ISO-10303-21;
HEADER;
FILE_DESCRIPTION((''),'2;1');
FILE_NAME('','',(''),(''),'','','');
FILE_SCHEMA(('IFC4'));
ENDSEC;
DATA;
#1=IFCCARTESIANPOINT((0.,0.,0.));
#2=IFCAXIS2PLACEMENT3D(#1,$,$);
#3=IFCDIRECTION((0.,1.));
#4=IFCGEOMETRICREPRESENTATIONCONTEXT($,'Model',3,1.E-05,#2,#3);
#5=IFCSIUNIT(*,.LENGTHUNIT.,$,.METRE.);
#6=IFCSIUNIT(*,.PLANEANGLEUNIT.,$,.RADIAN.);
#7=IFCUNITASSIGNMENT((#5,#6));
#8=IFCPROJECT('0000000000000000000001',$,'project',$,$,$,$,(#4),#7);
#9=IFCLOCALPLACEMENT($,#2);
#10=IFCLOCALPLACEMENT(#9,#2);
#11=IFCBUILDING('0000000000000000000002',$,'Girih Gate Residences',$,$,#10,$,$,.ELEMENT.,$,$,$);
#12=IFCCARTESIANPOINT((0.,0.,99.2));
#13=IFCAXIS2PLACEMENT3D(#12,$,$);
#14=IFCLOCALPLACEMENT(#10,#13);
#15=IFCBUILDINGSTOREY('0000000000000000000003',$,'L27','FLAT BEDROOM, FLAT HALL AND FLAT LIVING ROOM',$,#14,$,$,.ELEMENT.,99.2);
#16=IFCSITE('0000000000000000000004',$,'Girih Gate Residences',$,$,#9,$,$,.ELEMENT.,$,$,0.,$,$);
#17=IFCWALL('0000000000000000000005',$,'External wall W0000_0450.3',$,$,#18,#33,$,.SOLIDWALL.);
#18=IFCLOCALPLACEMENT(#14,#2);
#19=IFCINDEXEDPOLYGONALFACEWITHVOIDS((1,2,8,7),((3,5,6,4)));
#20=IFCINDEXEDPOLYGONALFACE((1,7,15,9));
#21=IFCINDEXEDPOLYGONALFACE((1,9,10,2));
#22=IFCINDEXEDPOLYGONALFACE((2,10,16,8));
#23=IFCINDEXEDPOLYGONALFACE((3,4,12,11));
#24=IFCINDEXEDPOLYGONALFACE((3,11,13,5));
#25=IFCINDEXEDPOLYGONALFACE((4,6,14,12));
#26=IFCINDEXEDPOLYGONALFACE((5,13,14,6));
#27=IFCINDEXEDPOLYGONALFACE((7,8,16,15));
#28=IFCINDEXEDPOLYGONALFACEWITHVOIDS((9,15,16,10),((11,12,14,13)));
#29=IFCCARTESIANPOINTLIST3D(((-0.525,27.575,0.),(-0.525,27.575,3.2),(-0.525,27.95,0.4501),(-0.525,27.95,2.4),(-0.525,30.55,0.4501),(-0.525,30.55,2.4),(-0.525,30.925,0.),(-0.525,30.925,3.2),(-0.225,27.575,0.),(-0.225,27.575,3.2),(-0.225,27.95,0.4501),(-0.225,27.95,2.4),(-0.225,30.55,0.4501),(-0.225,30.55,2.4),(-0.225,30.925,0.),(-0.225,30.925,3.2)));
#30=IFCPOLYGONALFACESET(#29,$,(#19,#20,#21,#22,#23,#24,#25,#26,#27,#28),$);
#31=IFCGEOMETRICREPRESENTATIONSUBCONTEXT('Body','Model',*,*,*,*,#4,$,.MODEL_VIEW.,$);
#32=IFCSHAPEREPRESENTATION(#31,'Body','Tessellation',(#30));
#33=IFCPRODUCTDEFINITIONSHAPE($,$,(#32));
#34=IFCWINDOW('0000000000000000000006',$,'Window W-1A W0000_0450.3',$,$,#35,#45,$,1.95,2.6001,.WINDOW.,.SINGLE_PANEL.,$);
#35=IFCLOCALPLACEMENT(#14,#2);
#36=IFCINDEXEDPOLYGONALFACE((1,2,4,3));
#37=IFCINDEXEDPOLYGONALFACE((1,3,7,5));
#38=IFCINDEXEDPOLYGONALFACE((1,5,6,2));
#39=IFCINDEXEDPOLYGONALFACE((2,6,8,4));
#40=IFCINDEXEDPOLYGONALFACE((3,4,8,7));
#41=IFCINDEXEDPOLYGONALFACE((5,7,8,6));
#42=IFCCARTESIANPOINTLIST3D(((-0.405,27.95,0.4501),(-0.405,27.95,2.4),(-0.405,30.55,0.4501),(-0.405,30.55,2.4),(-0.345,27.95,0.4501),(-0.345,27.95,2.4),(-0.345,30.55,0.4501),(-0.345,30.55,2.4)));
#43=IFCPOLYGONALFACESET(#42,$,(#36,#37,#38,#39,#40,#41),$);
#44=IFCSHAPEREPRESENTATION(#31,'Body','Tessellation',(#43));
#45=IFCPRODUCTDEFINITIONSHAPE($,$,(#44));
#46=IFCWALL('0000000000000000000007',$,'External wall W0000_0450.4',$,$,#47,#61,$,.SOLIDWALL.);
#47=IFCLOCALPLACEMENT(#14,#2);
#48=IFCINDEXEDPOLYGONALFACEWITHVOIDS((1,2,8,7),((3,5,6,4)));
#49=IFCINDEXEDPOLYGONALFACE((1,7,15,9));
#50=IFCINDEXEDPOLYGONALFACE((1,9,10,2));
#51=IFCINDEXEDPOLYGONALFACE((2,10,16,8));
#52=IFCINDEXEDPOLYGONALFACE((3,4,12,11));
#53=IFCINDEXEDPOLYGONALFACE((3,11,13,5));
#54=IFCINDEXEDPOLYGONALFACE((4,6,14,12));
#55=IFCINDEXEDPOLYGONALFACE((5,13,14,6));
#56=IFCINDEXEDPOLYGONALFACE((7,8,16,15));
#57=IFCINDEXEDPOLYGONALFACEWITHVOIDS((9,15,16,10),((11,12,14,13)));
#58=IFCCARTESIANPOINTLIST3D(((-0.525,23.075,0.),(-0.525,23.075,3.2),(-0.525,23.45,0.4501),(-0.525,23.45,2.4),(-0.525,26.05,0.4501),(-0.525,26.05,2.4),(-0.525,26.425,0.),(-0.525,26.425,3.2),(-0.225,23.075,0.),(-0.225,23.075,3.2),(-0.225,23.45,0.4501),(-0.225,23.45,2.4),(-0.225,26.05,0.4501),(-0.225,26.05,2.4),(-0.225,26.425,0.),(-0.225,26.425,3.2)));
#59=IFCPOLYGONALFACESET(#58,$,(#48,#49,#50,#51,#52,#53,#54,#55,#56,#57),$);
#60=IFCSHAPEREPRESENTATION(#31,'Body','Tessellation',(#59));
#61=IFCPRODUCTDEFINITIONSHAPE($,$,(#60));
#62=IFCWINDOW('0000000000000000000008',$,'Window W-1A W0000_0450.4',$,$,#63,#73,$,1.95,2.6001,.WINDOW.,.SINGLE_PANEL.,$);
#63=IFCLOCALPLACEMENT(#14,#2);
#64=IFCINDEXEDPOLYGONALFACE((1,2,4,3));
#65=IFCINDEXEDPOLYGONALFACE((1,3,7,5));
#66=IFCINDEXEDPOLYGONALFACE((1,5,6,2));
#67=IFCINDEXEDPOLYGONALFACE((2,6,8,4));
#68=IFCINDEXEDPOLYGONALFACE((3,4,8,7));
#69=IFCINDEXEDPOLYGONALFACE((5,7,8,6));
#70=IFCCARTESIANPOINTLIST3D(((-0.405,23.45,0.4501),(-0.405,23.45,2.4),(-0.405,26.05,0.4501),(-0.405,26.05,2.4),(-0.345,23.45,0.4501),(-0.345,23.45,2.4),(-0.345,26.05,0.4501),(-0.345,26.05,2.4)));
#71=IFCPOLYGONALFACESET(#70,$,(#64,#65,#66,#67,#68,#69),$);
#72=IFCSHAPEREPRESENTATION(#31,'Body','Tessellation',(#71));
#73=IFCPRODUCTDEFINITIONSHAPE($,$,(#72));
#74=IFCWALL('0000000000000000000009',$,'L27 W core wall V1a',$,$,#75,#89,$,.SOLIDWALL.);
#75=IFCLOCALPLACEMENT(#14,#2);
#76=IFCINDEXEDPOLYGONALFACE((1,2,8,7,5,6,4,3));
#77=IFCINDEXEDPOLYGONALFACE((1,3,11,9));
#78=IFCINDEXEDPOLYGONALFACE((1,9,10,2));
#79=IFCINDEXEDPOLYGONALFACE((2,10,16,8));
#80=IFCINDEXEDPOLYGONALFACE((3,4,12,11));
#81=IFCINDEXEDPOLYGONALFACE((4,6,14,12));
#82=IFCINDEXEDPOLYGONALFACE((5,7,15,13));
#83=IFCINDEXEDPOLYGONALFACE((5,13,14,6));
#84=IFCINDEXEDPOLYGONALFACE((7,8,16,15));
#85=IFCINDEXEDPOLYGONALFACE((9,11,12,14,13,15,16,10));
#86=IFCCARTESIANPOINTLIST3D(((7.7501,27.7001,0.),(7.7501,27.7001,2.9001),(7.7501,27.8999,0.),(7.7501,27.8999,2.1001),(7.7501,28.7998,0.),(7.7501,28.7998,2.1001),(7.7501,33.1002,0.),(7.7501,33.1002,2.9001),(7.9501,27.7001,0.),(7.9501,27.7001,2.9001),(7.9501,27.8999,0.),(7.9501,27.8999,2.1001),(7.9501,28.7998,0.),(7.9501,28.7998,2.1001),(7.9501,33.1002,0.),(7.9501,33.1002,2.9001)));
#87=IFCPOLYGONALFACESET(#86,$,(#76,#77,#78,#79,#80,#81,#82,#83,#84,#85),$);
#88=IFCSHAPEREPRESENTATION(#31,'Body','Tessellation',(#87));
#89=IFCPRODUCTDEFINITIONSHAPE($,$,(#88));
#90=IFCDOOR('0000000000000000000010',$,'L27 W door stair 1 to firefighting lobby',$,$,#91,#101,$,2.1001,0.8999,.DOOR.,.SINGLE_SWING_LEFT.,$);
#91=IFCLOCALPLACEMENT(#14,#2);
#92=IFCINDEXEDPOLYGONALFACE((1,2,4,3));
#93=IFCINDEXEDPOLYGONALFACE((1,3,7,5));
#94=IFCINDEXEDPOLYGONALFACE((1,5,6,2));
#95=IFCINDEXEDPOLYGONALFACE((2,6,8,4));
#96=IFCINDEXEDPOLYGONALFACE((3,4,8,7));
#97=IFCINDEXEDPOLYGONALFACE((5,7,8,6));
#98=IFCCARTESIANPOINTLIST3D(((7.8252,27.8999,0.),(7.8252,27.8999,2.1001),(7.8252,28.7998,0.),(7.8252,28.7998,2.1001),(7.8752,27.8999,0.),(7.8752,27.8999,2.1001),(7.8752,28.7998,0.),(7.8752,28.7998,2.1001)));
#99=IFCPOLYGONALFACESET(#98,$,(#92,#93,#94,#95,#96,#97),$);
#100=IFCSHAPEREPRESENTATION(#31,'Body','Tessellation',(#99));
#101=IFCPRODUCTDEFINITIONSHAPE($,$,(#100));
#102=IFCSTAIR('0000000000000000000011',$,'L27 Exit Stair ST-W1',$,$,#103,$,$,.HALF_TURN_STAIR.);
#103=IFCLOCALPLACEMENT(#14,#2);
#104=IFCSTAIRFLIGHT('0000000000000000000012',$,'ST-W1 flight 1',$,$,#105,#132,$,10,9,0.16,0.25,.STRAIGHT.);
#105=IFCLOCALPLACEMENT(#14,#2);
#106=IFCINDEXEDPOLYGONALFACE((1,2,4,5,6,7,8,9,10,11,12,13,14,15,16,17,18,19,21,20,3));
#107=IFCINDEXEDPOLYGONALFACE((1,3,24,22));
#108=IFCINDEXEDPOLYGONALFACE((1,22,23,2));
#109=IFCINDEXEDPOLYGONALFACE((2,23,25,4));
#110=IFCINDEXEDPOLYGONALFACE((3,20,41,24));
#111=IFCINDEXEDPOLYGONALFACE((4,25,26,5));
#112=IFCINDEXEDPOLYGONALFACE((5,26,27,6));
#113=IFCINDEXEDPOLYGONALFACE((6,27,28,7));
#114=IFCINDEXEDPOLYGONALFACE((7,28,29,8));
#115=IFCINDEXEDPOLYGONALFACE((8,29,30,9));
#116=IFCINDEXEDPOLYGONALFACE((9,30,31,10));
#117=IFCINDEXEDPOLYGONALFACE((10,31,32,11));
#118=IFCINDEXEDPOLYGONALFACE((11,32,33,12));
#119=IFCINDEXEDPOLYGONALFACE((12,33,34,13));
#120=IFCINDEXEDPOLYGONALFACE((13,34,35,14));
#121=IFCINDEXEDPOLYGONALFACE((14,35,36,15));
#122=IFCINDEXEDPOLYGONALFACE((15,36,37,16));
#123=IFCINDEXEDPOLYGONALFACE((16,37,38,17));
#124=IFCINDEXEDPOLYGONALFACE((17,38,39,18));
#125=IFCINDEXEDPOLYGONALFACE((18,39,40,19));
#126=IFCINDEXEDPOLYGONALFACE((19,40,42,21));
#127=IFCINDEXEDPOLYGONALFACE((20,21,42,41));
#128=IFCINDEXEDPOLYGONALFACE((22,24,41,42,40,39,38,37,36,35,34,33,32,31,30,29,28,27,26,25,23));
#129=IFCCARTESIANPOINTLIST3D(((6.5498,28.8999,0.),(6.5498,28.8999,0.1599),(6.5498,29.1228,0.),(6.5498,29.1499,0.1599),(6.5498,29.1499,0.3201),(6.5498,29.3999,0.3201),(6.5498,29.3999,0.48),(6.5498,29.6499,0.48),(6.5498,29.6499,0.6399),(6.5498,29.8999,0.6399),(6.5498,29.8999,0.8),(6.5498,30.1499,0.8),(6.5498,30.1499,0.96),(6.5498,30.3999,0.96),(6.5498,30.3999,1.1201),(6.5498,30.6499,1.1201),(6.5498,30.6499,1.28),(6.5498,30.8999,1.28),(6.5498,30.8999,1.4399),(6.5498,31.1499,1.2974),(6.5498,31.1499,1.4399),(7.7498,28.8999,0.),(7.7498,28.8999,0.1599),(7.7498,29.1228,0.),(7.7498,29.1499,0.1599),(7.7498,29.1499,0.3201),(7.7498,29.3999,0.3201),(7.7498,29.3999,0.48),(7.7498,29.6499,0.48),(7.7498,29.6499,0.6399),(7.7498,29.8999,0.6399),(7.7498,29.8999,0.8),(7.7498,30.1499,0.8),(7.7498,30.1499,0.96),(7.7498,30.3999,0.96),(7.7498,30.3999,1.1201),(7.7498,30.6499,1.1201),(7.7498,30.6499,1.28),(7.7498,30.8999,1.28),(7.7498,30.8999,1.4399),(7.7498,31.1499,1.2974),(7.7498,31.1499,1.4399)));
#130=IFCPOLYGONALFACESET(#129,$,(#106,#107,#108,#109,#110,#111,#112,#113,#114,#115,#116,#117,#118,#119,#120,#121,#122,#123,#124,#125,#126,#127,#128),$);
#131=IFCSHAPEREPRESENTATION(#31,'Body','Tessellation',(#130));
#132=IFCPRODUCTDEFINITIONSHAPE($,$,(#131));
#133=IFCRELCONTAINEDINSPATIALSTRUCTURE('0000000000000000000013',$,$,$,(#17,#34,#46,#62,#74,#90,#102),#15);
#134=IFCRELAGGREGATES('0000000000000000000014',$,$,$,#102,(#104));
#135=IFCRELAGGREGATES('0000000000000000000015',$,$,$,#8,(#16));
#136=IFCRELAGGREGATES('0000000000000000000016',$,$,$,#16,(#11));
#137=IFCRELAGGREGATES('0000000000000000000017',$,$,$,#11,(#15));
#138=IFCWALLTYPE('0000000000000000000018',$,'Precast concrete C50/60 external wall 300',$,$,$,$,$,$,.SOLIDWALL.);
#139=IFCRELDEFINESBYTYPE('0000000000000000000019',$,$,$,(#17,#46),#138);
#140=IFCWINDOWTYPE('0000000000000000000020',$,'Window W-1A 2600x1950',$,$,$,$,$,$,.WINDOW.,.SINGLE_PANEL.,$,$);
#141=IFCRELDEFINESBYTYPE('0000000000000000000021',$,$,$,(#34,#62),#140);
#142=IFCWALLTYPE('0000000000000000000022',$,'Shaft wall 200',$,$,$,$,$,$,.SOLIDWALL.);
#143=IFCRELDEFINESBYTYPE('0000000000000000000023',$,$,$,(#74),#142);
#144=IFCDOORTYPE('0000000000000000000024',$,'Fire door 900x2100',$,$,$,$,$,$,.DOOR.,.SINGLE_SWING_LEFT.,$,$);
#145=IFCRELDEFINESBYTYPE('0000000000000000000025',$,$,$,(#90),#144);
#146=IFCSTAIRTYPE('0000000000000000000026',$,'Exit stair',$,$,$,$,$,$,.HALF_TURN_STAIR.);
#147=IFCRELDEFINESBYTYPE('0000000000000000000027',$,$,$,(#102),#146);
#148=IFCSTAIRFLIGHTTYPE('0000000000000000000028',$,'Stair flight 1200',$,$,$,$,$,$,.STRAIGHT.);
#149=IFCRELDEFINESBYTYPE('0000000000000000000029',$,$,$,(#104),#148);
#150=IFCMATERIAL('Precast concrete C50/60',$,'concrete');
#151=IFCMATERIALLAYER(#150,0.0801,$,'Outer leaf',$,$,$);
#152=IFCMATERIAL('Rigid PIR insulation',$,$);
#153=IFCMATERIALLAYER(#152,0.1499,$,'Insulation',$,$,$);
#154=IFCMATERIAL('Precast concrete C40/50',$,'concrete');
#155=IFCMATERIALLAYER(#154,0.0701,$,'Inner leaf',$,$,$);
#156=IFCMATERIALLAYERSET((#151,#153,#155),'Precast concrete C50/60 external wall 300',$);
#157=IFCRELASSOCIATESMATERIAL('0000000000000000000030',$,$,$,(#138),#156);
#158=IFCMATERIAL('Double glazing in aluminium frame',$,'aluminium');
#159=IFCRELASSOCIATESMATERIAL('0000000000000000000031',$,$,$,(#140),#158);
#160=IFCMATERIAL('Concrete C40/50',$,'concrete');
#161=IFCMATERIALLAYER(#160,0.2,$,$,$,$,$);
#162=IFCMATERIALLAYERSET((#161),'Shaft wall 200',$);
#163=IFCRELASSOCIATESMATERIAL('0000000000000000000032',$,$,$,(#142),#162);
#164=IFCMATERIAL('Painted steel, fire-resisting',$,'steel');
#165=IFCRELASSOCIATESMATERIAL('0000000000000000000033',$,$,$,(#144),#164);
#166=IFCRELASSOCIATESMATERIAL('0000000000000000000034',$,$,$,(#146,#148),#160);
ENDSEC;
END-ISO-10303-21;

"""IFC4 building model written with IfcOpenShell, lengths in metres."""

from ifc_helpers import new_model, si_unit, direction, frame, frame_2d, origin, place, context, subcontext, project, spatial, polyline, rectangle, outline, extrude, material, layer, layer_set, type_object, element, fill, aggregate, save


model = new_model("IFC4")

# Units and contexts
model_context = context("Model", 3, precision=1e-05, world=origin(), true_north=direction((0.0, 1.0)))
body_context = subcontext(model_context, "Body", "Model", "MODEL_VIEW")
ifc_project = project(units=[si_unit("LENGTHUNIT", "METRE"), si_unit("PLANEANGLEUNIT", "RADIAN")], contexts=[model_context])

# Site, building, storey
site_placement = place(None, origin())
site = spatial("IfcSite", under=ifc_project, at=site_placement, Name="Girih Gate Residences", CompositionType="ELEMENT", RefElevation=0.0)
building_placement = place(site_placement, origin())
building = spatial("IfcBuilding", under=site, at=building_placement, Name="Girih Gate Residences", CompositionType="ELEMENT")
storey_placement = place(building_placement, frame((0.0, 0.0, 99.2)))
storey = spatial("IfcBuildingStorey", under=building, at=storey_placement, Name="L27", Description="FLAT BEDROOM, FLAT HALL AND FLAT LIVING ROOM", CompositionType="ELEMENT", Elevation=99.2)

# Shared definitions
ifc_material_1 = material(Name="Painted steel, fire-resisting", Category="steel")

# Walls, openings, windows
ifc_material_2 = material(Name="Precast concrete C50/60", Category="concrete")
ifc_layer_1 = layer(ifc_material_2, 0.0801, Name="Outer leaf")
ifc_material_3 = material(Name="Rigid PIR insulation")
ifc_layer_2 = layer(ifc_material_3, 0.1499, Name="Insulation")
ifc_material_4 = material(Name="Precast concrete C40/50", Category="concrete")
ifc_layer_3 = layer(ifc_material_4, 0.0701, Name="Inner leaf")
ifc_layer_set_1 = layer_set([ifc_layer_1, ifc_layer_2, ifc_layer_3], Name="Precast concrete C50/60 external wall 300")
wall_type_1 = type_object("IfcWallType", Name="Precast concrete C50/60 external wall 300", PredefinedType="SOLIDWALL", material=ifc_layer_set_1)
wall_1_placement = place(storey_placement, frame((-0.375, 27.575, 0.0), z_axis=(0.0, 0.0, 1.0), x_axis=(0.0, 1.0, 0.0)))
wall_1 = element("IfcWall", 1, at=wall_1_placement, inside=storey, type_object=wall_type_1, Name="External wall W0000_0450.3", PredefinedType="SOLIDWALL", context=body_context, shape_type="SweptSolid", body=[
    extrude(rectangle(XDim=3.3501, YDim=0.3, at=frame_2d((1.675, 0.0))), origin(), (0.0, 0.0, 1.0), 3.2),
])
opening_1_placement = place(wall_1_placement, frame((0.375, 0.0, 0.45)))
opening_1 = element("IfcOpeningElement", 2, at=opening_1_placement, cuts=wall_1, PredefinedType="OPENING", context=body_context, shape_type="SweptSolid", body=[
    extrude(rectangle(XDim=2.6001, YDim=1.95, at=frame_2d((1.3, 0.9751))), frame((0.0, 0.1599, 0.0), z_axis=(0.0, -1.0, 0.0), x_axis=(1.0, 0.0, 0.0)), (0.0, 0.0, 1.0), 0.3201),
])
ifc_material_5 = material(Name="Double glazing in aluminium frame", Category="aluminium")
window_type = type_object("IfcWindowType", Name="Window W-1A 2600x1950", PartitioningType="SINGLE_PANEL", PredefinedType="WINDOW", material=ifc_material_5)
window_1_placement = place(opening_1_placement, origin())
window_1 = element("IfcWindow", 3, at=window_1_placement, inside=storey, type_object=window_type, Name="Window W-1A W0000_0450.3", OverallHeight=1.95, OverallWidth=2.6001, PartitioningType="SINGLE_PANEL", PredefinedType="WINDOW", context=body_context, shape_type="SweptSolid", body=[
    extrude(rectangle(XDim=2.6001, YDim=1.95, at=frame_2d((1.3, 0.9751))), frame((0.0, 0.03, 0.0), z_axis=(0.0, -1.0, 0.0), x_axis=(1.0, 0.0, 0.0)), (0.0, 0.0, 1.0), 0.0601),
])
fill(opening_1, window_1)
wall_2_placement = place(storey_placement, frame((-0.375, 23.075, 0.0), z_axis=(0.0, 0.0, 1.0), x_axis=(0.0, 1.0, 0.0)))
wall_2 = element("IfcWall", 4, at=wall_2_placement, inside=storey, type_object=wall_type_1, Name="External wall W0000_0450.4", PredefinedType="SOLIDWALL", context=body_context, shape_type="SweptSolid", body=[
    extrude(rectangle(XDim=3.3501, YDim=0.3, at=frame_2d((1.675, 0.0))), origin(), (0.0, 0.0, 1.0), 3.2),
])
opening_2_placement = place(wall_2_placement, frame((0.375, 0.0, 0.45)))
opening_2 = element("IfcOpeningElement", 5, at=opening_2_placement, cuts=wall_2, PredefinedType="OPENING", context=body_context, shape_type="SweptSolid", body=[
    extrude(rectangle(XDim=2.6001, YDim=1.95, at=frame_2d((1.3, 0.9751))), frame((0.0, 0.1599, 0.0), z_axis=(0.0, -1.0, 0.0), x_axis=(1.0, 0.0, 0.0)), (0.0, 0.0, 1.0), 0.3201),
])
window_2_placement = place(opening_2_placement, origin())
window_2 = element("IfcWindow", 6, at=window_2_placement, inside=storey, type_object=window_type, Name="Window W-1A W0000_0450.4", OverallHeight=1.95, OverallWidth=2.6001, PartitioningType="SINGLE_PANEL", PredefinedType="WINDOW", context=body_context, shape_type="SweptSolid", body=[
    extrude(rectangle(XDim=2.6001, YDim=1.95, at=frame_2d((1.3, 0.9751))), frame((0.0, 0.03, 0.0), z_axis=(0.0, -1.0, 0.0), x_axis=(1.0, 0.0, 0.0)), (0.0, 0.0, 1.0), 0.0601),
])
fill(opening_2, window_2)

# Wall, opening, door
ifc_material_6 = material(Name="Concrete C40/50", Category="concrete")
ifc_layer_4 = layer(ifc_material_6, 0.2)
ifc_layer_set_2 = layer_set([ifc_layer_4], Name="Shaft wall 200")
wall_type_2 = type_object("IfcWallType", Name="Shaft wall 200", PredefinedType="SOLIDWALL", material=ifc_layer_set_2)
wall_3_placement = place(storey_placement, frame((7.8501, 27.7, 0.0), z_axis=(0.0, 0.0, 1.0), x_axis=(0.0, 1.0, 0.0)))
wall_3 = element("IfcWall", 7, at=wall_3_placement, inside=storey, type_object=wall_type_2, Name="L27 W core wall V1a", PredefinedType="SOLIDWALL", context=body_context, shape_type="SweptSolid", body=[
    extrude(rectangle(XDim=5.4001, YDim=0.2, at=frame_2d((2.7002, 0.0))), origin(), (0.0, 0.0, 1.0), 2.9001),
])
opening_3_placement = place(wall_3_placement, frame((0.2, 0.0, 0.0)))
opening_3 = element("IfcOpeningElement", 8, at=opening_3_placement, cuts=wall_3, PredefinedType="OPENING", context=body_context, shape_type="SweptSolid", body=[
    extrude(rectangle(XDim=0.8999, YDim=2.1001, at=frame_2d((0.45, 1.05))), frame((0.0, 0.1099, 0.0), z_axis=(0.0, -1.0, 0.0), x_axis=(1.0, 0.0, 0.0)), (0.0, 0.0, 1.0), 0.22),
])
door_type_1 = type_object("IfcDoorType", Name="Fire door 900x2100", OperationType="SINGLE_SWING_LEFT", PredefinedType="DOOR", material=ifc_material_1)
door_1_placement = place(opening_3_placement, origin())
door_1 = element("IfcDoor", 9, at=door_1_placement, inside=storey, type_object=door_type_1, Name="L27 W door stair 1 to firefighting lobby", OperationType="SINGLE_SWING_LEFT", OverallHeight=2.1001, OverallWidth=0.8999, PredefinedType="DOOR", context=body_context, shape_type="SweptSolid", body=[
    extrude(rectangle(XDim=0.8999, YDim=2.1001, at=frame_2d((0.45, 1.05))), frame((0.0, 0.0249, 0.0), z_axis=(0.0, -1.0, 0.0), x_axis=(1.0, 0.0, 0.0)), (0.0, 0.0, 1.0), 0.05),
])
fill(opening_3, door_1)

# Stair, stair flight
stair_type = type_object("IfcStairType", Name="Exit stair", PredefinedType="HALF_TURN_STAIR", material=ifc_material_6)
stair_placement = place(storey_placement, origin())
stair = element("IfcStair", 10, at=stair_placement, inside=storey, type_object=stair_type, Name="L27 Exit Stair ST-W1", PredefinedType="HALF_TURN_STAIR")
stair_flight_type = type_object("IfcStairFlightType", Name="Stair flight 1200", PredefinedType="STRAIGHT", material=ifc_material_6)
stair_flight_placement = place(storey_placement, frame((7.1499, 28.8999, 0.0), z_axis=(0.0, 0.0, 1.0), x_axis=(0.0, 1.0, 0.0)))
stair_flight = element("IfcStairFlight", 11, at=stair_flight_placement, type_object=stair_flight_type, Name="ST-W1 flight 1", NumberOfRisers=10, NumberOfTreads=9, PredefinedType="STRAIGHT", RiserHeight=0.16, TreadLength=0.25, context=body_context, shape_type="SweptSolid", body=[
    extrude(outline(polyline([(0.0, 0.0), (0.0, 0.1599), (0.25, 0.1599), (0.25, 0.3201), (0.5, 0.3201), (0.5, 0.48), (0.75, 0.48), (0.75, 0.6399), (1.0, 0.6399), (1.0, 0.8), (1.25, 0.8), (1.25, 0.96), (1.5, 0.96), (1.5, 1.1201), (1.75, 1.1201), (1.75, 1.28), (2.0, 1.28), (2.0, 1.4399), (2.25, 1.4399), (2.25, 1.6001), (2.25, 1.2974), (0.2229, 0.0), (0.0, 0.0)])), frame((0.0, 0.6001, 0.0), z_axis=(0.0, -1.0, 0.0), x_axis=(1.0, 0.0, 0.0)), (0.0, 0.0, 1.0), 1.2),
])
aggregate(stair, [stair_flight])

save(model, "model.ifc")
